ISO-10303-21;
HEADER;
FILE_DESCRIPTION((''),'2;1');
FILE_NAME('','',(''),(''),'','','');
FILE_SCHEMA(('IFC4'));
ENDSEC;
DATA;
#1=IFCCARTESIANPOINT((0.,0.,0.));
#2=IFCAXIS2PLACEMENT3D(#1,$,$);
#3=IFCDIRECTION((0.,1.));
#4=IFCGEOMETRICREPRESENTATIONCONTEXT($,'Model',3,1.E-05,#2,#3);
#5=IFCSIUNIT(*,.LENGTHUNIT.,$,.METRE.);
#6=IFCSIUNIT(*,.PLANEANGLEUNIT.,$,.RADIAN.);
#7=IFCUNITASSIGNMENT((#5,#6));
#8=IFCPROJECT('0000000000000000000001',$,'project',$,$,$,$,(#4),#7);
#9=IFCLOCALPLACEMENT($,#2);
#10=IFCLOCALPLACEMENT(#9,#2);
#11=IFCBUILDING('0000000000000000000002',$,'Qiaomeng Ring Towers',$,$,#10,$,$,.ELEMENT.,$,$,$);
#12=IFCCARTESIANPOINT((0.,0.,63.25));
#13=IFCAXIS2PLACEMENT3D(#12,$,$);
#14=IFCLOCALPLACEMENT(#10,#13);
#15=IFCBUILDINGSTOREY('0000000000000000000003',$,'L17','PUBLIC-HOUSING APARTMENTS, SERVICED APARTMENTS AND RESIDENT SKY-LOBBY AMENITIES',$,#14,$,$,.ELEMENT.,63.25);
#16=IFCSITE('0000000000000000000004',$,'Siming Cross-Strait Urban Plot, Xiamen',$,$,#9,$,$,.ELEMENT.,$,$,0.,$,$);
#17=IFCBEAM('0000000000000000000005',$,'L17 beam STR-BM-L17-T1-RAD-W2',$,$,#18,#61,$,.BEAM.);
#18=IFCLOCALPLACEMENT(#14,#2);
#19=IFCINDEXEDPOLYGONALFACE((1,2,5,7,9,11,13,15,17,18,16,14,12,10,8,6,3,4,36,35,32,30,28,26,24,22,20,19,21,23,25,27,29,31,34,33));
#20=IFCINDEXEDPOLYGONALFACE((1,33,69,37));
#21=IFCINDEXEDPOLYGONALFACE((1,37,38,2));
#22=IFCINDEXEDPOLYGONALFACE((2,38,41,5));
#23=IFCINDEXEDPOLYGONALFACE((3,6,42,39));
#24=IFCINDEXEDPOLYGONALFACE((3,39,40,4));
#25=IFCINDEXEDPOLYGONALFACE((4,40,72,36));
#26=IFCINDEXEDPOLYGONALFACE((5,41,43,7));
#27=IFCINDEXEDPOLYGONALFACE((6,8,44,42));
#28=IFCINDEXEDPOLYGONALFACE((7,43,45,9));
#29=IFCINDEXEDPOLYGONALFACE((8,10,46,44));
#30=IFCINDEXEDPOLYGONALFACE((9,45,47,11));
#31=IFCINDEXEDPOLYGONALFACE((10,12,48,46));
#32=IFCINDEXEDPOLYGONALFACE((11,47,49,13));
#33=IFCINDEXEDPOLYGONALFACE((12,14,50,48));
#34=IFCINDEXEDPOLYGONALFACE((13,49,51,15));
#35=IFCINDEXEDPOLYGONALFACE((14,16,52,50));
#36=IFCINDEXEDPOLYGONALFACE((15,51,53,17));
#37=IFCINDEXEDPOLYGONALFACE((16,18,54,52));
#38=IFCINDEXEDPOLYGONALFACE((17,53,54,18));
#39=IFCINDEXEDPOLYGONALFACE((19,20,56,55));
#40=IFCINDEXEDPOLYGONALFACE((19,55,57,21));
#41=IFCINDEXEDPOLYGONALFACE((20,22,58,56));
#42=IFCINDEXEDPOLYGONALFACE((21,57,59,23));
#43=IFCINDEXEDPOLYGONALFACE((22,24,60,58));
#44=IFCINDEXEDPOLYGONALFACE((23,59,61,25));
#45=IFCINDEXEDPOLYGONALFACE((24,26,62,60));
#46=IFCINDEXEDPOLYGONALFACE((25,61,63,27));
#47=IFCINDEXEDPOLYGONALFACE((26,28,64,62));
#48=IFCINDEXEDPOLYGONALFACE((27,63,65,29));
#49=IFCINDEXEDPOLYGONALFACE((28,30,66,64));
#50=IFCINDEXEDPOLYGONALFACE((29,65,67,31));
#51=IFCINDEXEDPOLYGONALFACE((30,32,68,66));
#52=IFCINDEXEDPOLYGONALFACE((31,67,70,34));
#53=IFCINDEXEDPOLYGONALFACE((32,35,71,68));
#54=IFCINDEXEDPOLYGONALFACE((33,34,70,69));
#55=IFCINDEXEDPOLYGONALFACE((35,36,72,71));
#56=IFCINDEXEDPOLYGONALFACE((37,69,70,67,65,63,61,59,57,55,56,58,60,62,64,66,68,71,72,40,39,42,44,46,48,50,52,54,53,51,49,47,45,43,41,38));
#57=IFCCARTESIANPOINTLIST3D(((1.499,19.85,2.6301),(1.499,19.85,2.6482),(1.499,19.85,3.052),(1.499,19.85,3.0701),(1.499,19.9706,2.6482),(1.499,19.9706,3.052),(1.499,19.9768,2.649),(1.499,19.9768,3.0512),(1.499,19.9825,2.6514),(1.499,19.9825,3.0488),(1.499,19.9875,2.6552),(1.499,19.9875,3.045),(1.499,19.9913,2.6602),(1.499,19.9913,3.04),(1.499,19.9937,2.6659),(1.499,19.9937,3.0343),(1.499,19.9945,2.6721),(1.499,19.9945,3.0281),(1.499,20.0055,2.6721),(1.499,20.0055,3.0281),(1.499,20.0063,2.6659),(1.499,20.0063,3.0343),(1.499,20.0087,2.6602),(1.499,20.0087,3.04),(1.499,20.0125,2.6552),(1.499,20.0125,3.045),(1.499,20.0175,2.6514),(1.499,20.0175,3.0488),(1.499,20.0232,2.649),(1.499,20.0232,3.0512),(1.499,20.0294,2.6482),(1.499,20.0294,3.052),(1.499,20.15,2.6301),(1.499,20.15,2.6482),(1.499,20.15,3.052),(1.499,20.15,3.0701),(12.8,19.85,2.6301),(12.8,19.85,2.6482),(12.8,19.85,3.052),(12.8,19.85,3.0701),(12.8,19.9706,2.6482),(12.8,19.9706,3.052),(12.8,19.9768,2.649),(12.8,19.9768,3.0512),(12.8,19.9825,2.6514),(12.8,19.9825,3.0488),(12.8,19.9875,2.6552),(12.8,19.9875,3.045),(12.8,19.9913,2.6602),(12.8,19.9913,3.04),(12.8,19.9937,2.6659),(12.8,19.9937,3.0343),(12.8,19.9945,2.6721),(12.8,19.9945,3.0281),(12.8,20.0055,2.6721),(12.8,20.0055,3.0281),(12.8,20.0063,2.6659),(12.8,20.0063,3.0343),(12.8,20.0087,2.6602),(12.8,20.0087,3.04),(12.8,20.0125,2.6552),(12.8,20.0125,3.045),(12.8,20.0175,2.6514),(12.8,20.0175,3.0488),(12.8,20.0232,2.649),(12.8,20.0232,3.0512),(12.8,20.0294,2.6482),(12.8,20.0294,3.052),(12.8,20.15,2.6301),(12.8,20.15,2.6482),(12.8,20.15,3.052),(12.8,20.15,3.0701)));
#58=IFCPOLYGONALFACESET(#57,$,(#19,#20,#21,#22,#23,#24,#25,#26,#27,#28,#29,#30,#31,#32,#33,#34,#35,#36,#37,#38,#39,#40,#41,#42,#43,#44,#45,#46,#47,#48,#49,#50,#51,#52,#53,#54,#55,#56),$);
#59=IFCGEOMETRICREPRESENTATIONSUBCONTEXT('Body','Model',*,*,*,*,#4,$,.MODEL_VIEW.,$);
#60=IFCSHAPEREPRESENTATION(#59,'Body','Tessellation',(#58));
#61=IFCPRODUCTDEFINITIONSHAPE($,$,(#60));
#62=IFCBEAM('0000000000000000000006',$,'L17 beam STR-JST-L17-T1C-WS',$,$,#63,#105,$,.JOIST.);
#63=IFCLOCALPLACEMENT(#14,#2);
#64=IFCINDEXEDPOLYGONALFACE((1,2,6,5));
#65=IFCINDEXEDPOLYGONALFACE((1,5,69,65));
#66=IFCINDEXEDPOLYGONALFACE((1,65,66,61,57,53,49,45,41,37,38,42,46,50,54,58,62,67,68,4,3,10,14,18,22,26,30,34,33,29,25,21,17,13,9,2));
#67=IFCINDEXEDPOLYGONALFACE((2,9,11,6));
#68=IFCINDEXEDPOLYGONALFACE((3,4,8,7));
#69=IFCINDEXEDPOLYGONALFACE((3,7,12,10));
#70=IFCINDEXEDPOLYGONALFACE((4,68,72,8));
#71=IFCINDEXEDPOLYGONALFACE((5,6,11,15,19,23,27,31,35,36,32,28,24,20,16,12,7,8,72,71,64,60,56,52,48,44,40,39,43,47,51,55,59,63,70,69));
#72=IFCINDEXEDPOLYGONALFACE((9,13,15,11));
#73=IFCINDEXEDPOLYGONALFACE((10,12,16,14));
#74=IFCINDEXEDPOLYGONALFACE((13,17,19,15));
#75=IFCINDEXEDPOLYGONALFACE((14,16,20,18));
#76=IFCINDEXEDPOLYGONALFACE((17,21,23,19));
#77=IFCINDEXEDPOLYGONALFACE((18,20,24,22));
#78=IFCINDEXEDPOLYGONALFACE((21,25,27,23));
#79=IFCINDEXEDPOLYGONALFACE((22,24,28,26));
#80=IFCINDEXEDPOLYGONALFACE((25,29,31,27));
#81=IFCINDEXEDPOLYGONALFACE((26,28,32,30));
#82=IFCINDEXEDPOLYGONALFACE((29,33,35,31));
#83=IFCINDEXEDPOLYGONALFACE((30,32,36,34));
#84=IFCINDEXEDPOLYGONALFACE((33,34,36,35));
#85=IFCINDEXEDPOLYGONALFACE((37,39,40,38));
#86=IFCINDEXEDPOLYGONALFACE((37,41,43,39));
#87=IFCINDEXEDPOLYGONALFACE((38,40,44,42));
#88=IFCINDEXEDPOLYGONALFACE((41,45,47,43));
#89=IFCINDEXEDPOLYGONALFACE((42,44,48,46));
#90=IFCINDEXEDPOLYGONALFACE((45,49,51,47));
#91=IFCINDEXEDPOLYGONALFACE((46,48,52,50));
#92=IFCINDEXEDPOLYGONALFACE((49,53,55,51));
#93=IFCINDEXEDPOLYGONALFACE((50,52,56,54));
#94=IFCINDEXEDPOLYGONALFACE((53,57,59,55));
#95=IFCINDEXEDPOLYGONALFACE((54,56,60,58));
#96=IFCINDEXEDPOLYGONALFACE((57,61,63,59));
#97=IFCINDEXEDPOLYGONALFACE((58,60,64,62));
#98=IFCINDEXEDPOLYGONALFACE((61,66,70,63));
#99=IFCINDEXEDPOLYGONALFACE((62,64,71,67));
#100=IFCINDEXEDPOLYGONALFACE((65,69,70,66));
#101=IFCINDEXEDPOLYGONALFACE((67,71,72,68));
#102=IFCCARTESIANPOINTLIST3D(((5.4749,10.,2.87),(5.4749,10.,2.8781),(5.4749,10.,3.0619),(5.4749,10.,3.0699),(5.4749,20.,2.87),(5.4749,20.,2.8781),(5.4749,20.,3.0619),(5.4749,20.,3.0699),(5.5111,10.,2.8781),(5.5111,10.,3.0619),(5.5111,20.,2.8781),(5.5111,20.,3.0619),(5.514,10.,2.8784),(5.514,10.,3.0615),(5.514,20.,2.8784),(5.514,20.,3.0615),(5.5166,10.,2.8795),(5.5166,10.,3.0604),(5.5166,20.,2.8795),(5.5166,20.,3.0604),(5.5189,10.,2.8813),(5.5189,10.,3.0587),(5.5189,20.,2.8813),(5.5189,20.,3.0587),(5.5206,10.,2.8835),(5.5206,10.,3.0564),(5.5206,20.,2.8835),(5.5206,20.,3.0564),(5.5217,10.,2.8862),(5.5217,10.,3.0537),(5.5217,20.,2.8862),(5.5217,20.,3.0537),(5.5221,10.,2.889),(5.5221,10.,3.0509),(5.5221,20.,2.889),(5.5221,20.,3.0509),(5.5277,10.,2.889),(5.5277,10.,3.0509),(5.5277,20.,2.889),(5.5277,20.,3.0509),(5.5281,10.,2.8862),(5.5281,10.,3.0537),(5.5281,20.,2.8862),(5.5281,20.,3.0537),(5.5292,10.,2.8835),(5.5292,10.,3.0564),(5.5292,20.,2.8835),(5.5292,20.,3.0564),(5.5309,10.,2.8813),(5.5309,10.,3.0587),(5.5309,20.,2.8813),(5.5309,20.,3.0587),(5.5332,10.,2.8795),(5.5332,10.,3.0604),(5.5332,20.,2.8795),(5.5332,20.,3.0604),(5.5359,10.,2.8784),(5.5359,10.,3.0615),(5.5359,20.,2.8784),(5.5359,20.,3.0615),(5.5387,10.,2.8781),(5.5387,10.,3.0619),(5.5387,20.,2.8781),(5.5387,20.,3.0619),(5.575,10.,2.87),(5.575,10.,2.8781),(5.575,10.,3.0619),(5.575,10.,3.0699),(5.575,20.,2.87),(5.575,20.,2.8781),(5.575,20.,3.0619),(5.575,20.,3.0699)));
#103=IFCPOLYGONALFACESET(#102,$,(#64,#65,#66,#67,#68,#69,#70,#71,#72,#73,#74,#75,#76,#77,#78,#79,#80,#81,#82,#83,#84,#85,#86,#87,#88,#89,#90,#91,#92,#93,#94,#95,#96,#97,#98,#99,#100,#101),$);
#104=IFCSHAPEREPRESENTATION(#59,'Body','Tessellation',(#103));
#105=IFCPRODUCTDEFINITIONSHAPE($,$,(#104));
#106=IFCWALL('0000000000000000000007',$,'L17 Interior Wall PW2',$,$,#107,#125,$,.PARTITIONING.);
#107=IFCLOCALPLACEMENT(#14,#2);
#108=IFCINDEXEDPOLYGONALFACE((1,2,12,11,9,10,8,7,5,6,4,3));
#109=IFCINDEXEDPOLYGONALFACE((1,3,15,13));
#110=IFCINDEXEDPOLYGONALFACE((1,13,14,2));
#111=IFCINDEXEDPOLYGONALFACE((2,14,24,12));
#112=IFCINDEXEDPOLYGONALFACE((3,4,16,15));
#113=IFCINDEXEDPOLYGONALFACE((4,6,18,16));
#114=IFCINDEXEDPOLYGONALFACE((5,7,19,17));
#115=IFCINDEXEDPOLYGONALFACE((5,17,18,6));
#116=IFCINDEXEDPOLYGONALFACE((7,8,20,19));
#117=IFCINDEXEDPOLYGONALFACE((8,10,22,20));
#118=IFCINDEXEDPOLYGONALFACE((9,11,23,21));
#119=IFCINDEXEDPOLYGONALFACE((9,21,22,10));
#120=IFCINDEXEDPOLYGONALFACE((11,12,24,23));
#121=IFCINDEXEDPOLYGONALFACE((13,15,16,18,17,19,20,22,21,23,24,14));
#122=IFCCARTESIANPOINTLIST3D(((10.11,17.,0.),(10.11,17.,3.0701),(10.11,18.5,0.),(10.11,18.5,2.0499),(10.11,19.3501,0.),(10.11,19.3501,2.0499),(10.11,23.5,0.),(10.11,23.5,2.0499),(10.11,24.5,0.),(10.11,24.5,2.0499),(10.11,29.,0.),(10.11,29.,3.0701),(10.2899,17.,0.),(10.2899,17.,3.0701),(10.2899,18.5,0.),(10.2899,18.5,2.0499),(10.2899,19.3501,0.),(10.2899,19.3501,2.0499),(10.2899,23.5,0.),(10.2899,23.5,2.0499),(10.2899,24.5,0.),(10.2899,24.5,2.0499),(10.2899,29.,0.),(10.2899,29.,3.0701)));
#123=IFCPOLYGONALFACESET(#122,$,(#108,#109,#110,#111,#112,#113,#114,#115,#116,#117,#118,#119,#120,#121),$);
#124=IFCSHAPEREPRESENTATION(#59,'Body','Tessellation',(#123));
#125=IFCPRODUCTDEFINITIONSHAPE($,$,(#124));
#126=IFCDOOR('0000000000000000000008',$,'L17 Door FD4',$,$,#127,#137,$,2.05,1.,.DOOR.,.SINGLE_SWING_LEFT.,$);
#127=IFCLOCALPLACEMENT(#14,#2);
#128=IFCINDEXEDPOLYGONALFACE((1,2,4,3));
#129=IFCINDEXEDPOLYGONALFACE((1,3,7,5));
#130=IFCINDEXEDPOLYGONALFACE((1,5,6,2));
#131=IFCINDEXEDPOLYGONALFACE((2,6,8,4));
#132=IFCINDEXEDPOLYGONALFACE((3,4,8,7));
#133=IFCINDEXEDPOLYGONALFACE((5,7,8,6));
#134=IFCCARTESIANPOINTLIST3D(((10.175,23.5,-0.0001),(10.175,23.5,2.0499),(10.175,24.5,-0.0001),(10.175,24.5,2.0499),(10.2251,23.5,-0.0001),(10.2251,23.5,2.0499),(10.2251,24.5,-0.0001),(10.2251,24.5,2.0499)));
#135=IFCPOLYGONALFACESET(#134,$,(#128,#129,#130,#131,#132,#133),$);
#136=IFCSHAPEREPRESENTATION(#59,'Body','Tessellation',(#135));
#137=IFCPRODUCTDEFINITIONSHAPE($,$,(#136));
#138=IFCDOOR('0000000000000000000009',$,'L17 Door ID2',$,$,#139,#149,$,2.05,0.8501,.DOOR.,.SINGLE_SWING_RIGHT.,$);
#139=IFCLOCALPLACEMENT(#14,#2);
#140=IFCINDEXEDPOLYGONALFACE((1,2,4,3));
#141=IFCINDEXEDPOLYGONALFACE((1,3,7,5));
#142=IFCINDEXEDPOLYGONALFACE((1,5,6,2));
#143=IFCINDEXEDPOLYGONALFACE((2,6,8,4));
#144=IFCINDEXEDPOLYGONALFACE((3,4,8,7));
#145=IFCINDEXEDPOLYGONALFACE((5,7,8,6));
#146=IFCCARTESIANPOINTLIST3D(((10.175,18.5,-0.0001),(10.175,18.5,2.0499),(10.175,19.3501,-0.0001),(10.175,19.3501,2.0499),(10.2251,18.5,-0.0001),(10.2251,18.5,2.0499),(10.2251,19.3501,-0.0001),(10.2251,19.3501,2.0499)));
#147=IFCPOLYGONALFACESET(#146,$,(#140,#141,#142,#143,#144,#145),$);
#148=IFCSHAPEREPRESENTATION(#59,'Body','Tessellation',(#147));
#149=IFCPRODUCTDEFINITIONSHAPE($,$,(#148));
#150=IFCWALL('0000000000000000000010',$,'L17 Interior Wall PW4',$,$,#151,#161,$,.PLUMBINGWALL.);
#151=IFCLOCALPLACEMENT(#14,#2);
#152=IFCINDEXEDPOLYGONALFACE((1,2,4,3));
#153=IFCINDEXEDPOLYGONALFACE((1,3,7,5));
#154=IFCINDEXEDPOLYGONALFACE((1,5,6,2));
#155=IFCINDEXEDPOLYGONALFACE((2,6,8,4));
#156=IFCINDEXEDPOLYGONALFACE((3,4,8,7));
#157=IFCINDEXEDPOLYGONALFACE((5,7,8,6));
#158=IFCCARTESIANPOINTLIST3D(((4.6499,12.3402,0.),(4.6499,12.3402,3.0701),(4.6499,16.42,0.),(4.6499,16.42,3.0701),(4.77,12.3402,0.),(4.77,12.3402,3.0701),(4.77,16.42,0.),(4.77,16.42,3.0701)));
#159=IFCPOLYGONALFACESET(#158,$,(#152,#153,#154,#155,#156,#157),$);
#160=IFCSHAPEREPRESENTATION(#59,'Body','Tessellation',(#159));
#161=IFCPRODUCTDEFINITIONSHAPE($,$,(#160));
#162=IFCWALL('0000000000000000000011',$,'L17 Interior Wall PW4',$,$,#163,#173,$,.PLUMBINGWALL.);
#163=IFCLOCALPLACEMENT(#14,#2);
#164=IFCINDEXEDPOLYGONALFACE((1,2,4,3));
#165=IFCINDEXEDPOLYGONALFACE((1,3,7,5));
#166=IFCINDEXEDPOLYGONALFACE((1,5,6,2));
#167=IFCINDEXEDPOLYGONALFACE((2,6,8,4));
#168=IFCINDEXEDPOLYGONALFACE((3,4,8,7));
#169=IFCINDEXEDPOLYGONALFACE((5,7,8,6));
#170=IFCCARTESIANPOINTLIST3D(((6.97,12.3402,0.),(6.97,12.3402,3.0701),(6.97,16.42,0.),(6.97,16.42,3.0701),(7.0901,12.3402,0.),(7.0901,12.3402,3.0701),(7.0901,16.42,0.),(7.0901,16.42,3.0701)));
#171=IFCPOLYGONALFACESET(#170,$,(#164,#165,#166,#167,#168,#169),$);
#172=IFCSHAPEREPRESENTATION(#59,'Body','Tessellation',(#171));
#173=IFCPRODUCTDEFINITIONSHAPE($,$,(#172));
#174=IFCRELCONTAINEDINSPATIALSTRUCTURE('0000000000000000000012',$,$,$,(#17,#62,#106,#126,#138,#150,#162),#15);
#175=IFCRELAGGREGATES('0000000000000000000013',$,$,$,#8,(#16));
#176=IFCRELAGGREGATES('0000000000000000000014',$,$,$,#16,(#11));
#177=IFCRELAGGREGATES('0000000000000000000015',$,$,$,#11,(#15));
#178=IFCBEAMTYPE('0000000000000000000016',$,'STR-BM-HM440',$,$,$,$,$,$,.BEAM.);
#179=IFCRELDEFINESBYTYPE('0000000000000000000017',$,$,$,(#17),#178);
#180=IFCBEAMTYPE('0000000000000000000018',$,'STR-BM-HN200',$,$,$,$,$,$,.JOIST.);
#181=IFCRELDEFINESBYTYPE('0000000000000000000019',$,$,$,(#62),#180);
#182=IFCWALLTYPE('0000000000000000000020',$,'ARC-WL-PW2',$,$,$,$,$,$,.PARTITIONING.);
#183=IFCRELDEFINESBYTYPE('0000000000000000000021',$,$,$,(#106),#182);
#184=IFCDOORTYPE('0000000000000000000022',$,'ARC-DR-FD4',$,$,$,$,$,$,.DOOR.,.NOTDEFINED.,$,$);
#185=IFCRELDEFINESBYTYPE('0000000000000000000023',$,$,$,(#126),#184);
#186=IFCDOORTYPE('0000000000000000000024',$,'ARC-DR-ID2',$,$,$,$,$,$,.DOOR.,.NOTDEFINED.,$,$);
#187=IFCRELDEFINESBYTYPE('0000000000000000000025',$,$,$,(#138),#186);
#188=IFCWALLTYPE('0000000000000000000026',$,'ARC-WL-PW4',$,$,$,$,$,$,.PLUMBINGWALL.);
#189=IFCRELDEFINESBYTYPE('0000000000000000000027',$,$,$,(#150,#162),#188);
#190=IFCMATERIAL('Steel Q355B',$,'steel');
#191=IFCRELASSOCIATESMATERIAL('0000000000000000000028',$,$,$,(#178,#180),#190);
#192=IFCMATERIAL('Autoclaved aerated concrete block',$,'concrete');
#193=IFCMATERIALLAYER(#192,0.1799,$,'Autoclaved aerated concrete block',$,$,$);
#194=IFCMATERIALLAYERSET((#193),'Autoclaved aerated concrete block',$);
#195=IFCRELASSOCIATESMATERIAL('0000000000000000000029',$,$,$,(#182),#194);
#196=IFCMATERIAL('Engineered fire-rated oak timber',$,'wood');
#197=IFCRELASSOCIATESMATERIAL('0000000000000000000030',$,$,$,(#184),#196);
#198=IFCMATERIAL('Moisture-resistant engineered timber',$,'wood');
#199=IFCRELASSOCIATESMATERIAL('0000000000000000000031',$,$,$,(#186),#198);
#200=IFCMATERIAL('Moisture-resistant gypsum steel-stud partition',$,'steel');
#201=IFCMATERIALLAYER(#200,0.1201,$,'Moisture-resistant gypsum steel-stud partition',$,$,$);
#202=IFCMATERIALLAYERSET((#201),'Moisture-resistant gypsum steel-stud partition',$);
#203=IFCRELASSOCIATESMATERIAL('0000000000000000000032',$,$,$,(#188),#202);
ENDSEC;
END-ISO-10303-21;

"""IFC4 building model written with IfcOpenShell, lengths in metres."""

from ifc_helpers import new_model, si_unit, direction, frame, frame_2d, origin, origin_2d, place, context, subcontext, project, spatial, rectangle, i_section, extrude, source, transform, mapped, material, layer, layer_set, material_profile, profile_set, type_object, element, fill, save


model = new_model("IFC4")

# Units and contexts
model_context = context("Model", 3, precision=1e-05, world=origin(), true_north=direction((0.0, 1.0)))
body_context = subcontext(model_context, "Body", "Model", "MODEL_VIEW")
ifc_project = project(units=[si_unit("LENGTHUNIT", "METRE"), si_unit("PLANEANGLEUNIT", "RADIAN")], contexts=[model_context])

# Site, building, storey
site_placement = place(None, origin())
site = spatial("IfcSite", under=ifc_project, at=site_placement, Name="Siming Cross-Strait Urban Plot, Xiamen", CompositionType="ELEMENT", RefElevation=0.0)
building_placement = place(site_placement, origin())
building = spatial("IfcBuilding", under=site, at=building_placement, Name="Qiaomeng Ring Towers", CompositionType="ELEMENT")
storey_placement = place(building_placement, frame((0.0, 0.0, 63.25)))
storey = spatial("IfcBuildingStorey", under=building, at=storey_placement, Name="L17", Description="PUBLIC-HOUSING APARTMENTS, SERVICED APARTMENTS AND RESIDENT SKY-LOBBY AMENITIES", CompositionType="ELEMENT", Elevation=63.25)

# Beams
ifc_material_1 = material(Name="Steel Q355B", Category="steel")
ifc_material_profile_1 = material_profile(ifc_material_1, i_section(OverallWidth=0.3, OverallDepth=0.4399, WebThickness=0.011, FlangeThickness=0.0181, FilletRadius=0.0239, at=origin_2d()), Name="HM 440x300x11x18")
ifc_profile_set_1 = profile_set([ifc_material_profile_1], Name="Steel Q355B")
beam_type_1 = type_object("IfcBeamType", Name="STR-BM-HM440", PredefinedType="BEAM", material=ifc_profile_set_1)
shared_shape_1 = source(origin(), body_context, "Body", "SweptSolid", [
    extrude(i_section(OverallWidth=0.3, OverallDepth=0.4399, WebThickness=0.011, FlangeThickness=0.0181, FilletRadius=0.0239, at=origin_2d()), origin(), (0.0, 0.0, 1.0), 11.301),
])
beam_1_placement = place(storey_placement, frame((1.499, 20.0, 2.8501), z_axis=(1.0, 0.0, 0.0), x_axis=(0.0, 1.0, 0.0)))
element("IfcBeam", 1, at=beam_1_placement, inside=storey, type_object=beam_type_1, Name="L17 beam STR-BM-L17-T1-RAD-W2", PredefinedType="BEAM", context=body_context, shape_type="MappedRepresentation", body=[
    mapped(shared_shape_1, transform((0.0, 0.0, 0.0), x_axis=(1.0, 0.0, 0.0), y_axis=(0.0, 1.0, 0.0), z_axis=(0.0, 0.0, 1.0), scale=1.0)),
])
ifc_material_profile_2 = material_profile(ifc_material_1, i_section(OverallWidth=0.1001, OverallDepth=0.2, WebThickness=0.0056, FlangeThickness=0.0081, FilletRadius=0.011, at=origin_2d()), Name="HN 200x100x5.5x8")
ifc_profile_set_2 = profile_set([ifc_material_profile_2], Name="Steel Q355B")
beam_type_2 = type_object("IfcBeamType", Name="STR-BM-HN200", PredefinedType="JOIST", material=ifc_profile_set_2)
shared_shape_2 = source(origin(), body_context, "Body", "SweptSolid", [
    extrude(i_section(OverallWidth=0.1001, OverallDepth=0.2, WebThickness=0.0056, FlangeThickness=0.0081, FilletRadius=0.011, at=origin_2d()), origin(), (0.0, 0.0, 1.0), 10.0),
])
beam_2_placement = place(storey_placement, frame((5.5249, 10.0, 2.97), z_axis=(0.0, 1.0, 0.0), x_axis=(-1.0, 0.0, 0.0)))
element("IfcBeam", 2, at=beam_2_placement, inside=storey, type_object=beam_type_2, Name="L17 beam STR-JST-L17-T1C-WS", PredefinedType="JOIST", context=body_context, shape_type="MappedRepresentation", body=[
    mapped(shared_shape_2, transform((0.0, 0.0, 0.0), x_axis=(1.0, 0.0, 0.0), y_axis=(0.0, 1.0, 0.0), z_axis=(0.0, 0.0, 1.0), scale=1.0)),
])

# Wall, openings, doors
ifc_material_2 = material(Name="Autoclaved aerated concrete block", Category="concrete")
ifc_layer_1 = layer(ifc_material_2, 0.1799, Name="Autoclaved aerated concrete block")
ifc_layer_set_1 = layer_set([ifc_layer_1], Name="Autoclaved aerated concrete block")
wall_type_1 = type_object("IfcWallType", Name="ARC-WL-PW2", PredefinedType="PARTITIONING", material=ifc_layer_set_1)
wall_1_placement = place(storey_placement, frame((10.2, 17.0, 0.0), z_axis=(0.0, 0.0, 1.0), x_axis=(0.0, 1.0, 0.0)))
wall_1 = element("IfcWall", 3, at=wall_1_placement, inside=storey, type_object=wall_type_1, Name="L17 Interior Wall PW2", PredefinedType="PARTITIONING", context=body_context, shape_type="SweptSolid", body=[
    extrude(rectangle(XDim=12.0, YDim=0.1799, at=frame_2d((6.0, 0.0))), origin(), (0.0, 0.0, 1.0), 3.0701),
])
opening_1_placement = place(wall_1_placement, frame((1.5, 0.0, 0.0)))
opening_1 = element("IfcOpeningElement", 4, at=opening_1_placement, cuts=wall_1, PredefinedType="OPENING", context=body_context, shape_type="SweptSolid", body=[
    extrude(rectangle(XDim=0.8501, YDim=2.05, at=frame_2d((0.425, 1.0249))), frame((0.0, 0.0999, 0.0), z_axis=(0.0, -1.0, 0.0), x_axis=(1.0, 0.0, 0.0)), (0.0, 0.0, 1.0), 0.2),
])
opening_2_placement = place(wall_1_placement, frame((6.5, 0.0, 0.0)))
opening_2 = element("IfcOpeningElement", 5, at=opening_2_placement, cuts=wall_1, PredefinedType="OPENING", context=body_context, shape_type="SweptSolid", body=[
    extrude(rectangle(XDim=1.0, YDim=2.05, at=frame_2d((0.5, 1.0249))), frame((0.0, 0.0999, 0.0), z_axis=(0.0, -1.0, 0.0), x_axis=(1.0, 0.0, 0.0)), (0.0, 0.0, 1.0), 0.2),
])
ifc_material_3 = material(Name="Engineered fire-rated oak timber", Category="wood")
door_type_1 = type_object("IfcDoorType", Name="ARC-DR-FD4", OperationType="NOTDEFINED", PredefinedType="DOOR", material=ifc_material_3)
shared_shape_3 = source(origin(), body_context, "Body", "SweptSolid", [
    extrude(rectangle(XDim=1.0, YDim=2.05, at=frame_2d((0.5, 1.0249))), frame((0.0, 0.0249, 0.0), z_axis=(0.0, -1.0, 0.0), x_axis=(1.0, 0.0, 0.0)), (0.0, 0.0, 1.0), 0.05),
])
door_1_placement = place(opening_2_placement, origin())
door_1 = element("IfcDoor", 6, at=door_1_placement, inside=storey, type_object=door_type_1, Name="L17 Door FD4", OperationType="SINGLE_SWING_LEFT", OverallHeight=2.05, OverallWidth=1.0, PredefinedType="DOOR", context=body_context, shape_type="MappedRepresentation", body=[
    mapped(shared_shape_3, transform((0.0, 0.0, 0.0), x_axis=(1.0, 0.0, 0.0), y_axis=(0.0, 1.0, 0.0), z_axis=(0.0, 0.0, 1.0), scale=1.0)),
])
fill(opening_2, door_1)
ifc_material_4 = material(Name="Moisture-resistant engineered timber", Category="wood")
door_type_2 = type_object("IfcDoorType", Name="ARC-DR-ID2", OperationType="NOTDEFINED", PredefinedType="DOOR", material=ifc_material_4)
shared_shape_4 = source(origin(), body_context, "Body", "SweptSolid", [
    extrude(rectangle(XDim=0.8501, YDim=2.05, at=frame_2d((0.425, 1.0249))), frame((0.0, 0.0249, 0.0), z_axis=(0.0, -1.0, 0.0), x_axis=(1.0, 0.0, 0.0)), (0.0, 0.0, 1.0), 0.05),
])
door_2_placement = place(opening_1_placement, origin())
door_2 = element("IfcDoor", 7, at=door_2_placement, inside=storey, type_object=door_type_2, Name="L17 Door ID2", OperationType="SINGLE_SWING_RIGHT", OverallHeight=2.05, OverallWidth=0.8501, PredefinedType="DOOR", context=body_context, shape_type="MappedRepresentation", body=[
    mapped(shared_shape_4, transform((0.0, 0.0, 0.0), x_axis=(1.0, 0.0, 0.0), y_axis=(0.0, 1.0, 0.0), z_axis=(0.0, 0.0, 1.0), scale=1.0)),
])
fill(opening_1, door_2)

# Walls
ifc_material_5 = material(Name="Moisture-resistant gypsum steel-stud partition", Category="steel")
ifc_layer_2 = layer(ifc_material_5, 0.1201, Name="Moisture-resistant gypsum steel-stud partition")
ifc_layer_set_2 = layer_set([ifc_layer_2], Name="Moisture-resistant gypsum steel-stud partition")
wall_type_2 = type_object("IfcWallType", Name="ARC-WL-PW4", PredefinedType="PLUMBINGWALL", material=ifc_layer_set_2)
for number, where, z_axis, x_axis, name in (
    (8, (4.71, 12.3401, 0.0), (0.0, 0.0, 1.0), (0.0, 1.0, 0.0), "L17 Interior Wall PW4"),
    (9, (7.03, 12.3401, 0.0), (0.0, 0.0, 1.0), (0.0, 1.0, 0.0), "L17 Interior Wall PW4"),
):
    element("IfcWall", number, at=place(storey_placement, frame(where, z_axis=z_axis, x_axis=x_axis)), inside=storey, type_object=wall_type_2, Name=name, PredefinedType="PLUMBINGWALL", context=body_context, shape_type="SweptSolid", body=[
        extrude(rectangle(XDim=4.0798, YDim=0.1201, at=frame_2d((2.04, 0.0))), origin(), (0.0, 0.0, 1.0), 3.0701),
    ])

save(model, "model.ifc")
